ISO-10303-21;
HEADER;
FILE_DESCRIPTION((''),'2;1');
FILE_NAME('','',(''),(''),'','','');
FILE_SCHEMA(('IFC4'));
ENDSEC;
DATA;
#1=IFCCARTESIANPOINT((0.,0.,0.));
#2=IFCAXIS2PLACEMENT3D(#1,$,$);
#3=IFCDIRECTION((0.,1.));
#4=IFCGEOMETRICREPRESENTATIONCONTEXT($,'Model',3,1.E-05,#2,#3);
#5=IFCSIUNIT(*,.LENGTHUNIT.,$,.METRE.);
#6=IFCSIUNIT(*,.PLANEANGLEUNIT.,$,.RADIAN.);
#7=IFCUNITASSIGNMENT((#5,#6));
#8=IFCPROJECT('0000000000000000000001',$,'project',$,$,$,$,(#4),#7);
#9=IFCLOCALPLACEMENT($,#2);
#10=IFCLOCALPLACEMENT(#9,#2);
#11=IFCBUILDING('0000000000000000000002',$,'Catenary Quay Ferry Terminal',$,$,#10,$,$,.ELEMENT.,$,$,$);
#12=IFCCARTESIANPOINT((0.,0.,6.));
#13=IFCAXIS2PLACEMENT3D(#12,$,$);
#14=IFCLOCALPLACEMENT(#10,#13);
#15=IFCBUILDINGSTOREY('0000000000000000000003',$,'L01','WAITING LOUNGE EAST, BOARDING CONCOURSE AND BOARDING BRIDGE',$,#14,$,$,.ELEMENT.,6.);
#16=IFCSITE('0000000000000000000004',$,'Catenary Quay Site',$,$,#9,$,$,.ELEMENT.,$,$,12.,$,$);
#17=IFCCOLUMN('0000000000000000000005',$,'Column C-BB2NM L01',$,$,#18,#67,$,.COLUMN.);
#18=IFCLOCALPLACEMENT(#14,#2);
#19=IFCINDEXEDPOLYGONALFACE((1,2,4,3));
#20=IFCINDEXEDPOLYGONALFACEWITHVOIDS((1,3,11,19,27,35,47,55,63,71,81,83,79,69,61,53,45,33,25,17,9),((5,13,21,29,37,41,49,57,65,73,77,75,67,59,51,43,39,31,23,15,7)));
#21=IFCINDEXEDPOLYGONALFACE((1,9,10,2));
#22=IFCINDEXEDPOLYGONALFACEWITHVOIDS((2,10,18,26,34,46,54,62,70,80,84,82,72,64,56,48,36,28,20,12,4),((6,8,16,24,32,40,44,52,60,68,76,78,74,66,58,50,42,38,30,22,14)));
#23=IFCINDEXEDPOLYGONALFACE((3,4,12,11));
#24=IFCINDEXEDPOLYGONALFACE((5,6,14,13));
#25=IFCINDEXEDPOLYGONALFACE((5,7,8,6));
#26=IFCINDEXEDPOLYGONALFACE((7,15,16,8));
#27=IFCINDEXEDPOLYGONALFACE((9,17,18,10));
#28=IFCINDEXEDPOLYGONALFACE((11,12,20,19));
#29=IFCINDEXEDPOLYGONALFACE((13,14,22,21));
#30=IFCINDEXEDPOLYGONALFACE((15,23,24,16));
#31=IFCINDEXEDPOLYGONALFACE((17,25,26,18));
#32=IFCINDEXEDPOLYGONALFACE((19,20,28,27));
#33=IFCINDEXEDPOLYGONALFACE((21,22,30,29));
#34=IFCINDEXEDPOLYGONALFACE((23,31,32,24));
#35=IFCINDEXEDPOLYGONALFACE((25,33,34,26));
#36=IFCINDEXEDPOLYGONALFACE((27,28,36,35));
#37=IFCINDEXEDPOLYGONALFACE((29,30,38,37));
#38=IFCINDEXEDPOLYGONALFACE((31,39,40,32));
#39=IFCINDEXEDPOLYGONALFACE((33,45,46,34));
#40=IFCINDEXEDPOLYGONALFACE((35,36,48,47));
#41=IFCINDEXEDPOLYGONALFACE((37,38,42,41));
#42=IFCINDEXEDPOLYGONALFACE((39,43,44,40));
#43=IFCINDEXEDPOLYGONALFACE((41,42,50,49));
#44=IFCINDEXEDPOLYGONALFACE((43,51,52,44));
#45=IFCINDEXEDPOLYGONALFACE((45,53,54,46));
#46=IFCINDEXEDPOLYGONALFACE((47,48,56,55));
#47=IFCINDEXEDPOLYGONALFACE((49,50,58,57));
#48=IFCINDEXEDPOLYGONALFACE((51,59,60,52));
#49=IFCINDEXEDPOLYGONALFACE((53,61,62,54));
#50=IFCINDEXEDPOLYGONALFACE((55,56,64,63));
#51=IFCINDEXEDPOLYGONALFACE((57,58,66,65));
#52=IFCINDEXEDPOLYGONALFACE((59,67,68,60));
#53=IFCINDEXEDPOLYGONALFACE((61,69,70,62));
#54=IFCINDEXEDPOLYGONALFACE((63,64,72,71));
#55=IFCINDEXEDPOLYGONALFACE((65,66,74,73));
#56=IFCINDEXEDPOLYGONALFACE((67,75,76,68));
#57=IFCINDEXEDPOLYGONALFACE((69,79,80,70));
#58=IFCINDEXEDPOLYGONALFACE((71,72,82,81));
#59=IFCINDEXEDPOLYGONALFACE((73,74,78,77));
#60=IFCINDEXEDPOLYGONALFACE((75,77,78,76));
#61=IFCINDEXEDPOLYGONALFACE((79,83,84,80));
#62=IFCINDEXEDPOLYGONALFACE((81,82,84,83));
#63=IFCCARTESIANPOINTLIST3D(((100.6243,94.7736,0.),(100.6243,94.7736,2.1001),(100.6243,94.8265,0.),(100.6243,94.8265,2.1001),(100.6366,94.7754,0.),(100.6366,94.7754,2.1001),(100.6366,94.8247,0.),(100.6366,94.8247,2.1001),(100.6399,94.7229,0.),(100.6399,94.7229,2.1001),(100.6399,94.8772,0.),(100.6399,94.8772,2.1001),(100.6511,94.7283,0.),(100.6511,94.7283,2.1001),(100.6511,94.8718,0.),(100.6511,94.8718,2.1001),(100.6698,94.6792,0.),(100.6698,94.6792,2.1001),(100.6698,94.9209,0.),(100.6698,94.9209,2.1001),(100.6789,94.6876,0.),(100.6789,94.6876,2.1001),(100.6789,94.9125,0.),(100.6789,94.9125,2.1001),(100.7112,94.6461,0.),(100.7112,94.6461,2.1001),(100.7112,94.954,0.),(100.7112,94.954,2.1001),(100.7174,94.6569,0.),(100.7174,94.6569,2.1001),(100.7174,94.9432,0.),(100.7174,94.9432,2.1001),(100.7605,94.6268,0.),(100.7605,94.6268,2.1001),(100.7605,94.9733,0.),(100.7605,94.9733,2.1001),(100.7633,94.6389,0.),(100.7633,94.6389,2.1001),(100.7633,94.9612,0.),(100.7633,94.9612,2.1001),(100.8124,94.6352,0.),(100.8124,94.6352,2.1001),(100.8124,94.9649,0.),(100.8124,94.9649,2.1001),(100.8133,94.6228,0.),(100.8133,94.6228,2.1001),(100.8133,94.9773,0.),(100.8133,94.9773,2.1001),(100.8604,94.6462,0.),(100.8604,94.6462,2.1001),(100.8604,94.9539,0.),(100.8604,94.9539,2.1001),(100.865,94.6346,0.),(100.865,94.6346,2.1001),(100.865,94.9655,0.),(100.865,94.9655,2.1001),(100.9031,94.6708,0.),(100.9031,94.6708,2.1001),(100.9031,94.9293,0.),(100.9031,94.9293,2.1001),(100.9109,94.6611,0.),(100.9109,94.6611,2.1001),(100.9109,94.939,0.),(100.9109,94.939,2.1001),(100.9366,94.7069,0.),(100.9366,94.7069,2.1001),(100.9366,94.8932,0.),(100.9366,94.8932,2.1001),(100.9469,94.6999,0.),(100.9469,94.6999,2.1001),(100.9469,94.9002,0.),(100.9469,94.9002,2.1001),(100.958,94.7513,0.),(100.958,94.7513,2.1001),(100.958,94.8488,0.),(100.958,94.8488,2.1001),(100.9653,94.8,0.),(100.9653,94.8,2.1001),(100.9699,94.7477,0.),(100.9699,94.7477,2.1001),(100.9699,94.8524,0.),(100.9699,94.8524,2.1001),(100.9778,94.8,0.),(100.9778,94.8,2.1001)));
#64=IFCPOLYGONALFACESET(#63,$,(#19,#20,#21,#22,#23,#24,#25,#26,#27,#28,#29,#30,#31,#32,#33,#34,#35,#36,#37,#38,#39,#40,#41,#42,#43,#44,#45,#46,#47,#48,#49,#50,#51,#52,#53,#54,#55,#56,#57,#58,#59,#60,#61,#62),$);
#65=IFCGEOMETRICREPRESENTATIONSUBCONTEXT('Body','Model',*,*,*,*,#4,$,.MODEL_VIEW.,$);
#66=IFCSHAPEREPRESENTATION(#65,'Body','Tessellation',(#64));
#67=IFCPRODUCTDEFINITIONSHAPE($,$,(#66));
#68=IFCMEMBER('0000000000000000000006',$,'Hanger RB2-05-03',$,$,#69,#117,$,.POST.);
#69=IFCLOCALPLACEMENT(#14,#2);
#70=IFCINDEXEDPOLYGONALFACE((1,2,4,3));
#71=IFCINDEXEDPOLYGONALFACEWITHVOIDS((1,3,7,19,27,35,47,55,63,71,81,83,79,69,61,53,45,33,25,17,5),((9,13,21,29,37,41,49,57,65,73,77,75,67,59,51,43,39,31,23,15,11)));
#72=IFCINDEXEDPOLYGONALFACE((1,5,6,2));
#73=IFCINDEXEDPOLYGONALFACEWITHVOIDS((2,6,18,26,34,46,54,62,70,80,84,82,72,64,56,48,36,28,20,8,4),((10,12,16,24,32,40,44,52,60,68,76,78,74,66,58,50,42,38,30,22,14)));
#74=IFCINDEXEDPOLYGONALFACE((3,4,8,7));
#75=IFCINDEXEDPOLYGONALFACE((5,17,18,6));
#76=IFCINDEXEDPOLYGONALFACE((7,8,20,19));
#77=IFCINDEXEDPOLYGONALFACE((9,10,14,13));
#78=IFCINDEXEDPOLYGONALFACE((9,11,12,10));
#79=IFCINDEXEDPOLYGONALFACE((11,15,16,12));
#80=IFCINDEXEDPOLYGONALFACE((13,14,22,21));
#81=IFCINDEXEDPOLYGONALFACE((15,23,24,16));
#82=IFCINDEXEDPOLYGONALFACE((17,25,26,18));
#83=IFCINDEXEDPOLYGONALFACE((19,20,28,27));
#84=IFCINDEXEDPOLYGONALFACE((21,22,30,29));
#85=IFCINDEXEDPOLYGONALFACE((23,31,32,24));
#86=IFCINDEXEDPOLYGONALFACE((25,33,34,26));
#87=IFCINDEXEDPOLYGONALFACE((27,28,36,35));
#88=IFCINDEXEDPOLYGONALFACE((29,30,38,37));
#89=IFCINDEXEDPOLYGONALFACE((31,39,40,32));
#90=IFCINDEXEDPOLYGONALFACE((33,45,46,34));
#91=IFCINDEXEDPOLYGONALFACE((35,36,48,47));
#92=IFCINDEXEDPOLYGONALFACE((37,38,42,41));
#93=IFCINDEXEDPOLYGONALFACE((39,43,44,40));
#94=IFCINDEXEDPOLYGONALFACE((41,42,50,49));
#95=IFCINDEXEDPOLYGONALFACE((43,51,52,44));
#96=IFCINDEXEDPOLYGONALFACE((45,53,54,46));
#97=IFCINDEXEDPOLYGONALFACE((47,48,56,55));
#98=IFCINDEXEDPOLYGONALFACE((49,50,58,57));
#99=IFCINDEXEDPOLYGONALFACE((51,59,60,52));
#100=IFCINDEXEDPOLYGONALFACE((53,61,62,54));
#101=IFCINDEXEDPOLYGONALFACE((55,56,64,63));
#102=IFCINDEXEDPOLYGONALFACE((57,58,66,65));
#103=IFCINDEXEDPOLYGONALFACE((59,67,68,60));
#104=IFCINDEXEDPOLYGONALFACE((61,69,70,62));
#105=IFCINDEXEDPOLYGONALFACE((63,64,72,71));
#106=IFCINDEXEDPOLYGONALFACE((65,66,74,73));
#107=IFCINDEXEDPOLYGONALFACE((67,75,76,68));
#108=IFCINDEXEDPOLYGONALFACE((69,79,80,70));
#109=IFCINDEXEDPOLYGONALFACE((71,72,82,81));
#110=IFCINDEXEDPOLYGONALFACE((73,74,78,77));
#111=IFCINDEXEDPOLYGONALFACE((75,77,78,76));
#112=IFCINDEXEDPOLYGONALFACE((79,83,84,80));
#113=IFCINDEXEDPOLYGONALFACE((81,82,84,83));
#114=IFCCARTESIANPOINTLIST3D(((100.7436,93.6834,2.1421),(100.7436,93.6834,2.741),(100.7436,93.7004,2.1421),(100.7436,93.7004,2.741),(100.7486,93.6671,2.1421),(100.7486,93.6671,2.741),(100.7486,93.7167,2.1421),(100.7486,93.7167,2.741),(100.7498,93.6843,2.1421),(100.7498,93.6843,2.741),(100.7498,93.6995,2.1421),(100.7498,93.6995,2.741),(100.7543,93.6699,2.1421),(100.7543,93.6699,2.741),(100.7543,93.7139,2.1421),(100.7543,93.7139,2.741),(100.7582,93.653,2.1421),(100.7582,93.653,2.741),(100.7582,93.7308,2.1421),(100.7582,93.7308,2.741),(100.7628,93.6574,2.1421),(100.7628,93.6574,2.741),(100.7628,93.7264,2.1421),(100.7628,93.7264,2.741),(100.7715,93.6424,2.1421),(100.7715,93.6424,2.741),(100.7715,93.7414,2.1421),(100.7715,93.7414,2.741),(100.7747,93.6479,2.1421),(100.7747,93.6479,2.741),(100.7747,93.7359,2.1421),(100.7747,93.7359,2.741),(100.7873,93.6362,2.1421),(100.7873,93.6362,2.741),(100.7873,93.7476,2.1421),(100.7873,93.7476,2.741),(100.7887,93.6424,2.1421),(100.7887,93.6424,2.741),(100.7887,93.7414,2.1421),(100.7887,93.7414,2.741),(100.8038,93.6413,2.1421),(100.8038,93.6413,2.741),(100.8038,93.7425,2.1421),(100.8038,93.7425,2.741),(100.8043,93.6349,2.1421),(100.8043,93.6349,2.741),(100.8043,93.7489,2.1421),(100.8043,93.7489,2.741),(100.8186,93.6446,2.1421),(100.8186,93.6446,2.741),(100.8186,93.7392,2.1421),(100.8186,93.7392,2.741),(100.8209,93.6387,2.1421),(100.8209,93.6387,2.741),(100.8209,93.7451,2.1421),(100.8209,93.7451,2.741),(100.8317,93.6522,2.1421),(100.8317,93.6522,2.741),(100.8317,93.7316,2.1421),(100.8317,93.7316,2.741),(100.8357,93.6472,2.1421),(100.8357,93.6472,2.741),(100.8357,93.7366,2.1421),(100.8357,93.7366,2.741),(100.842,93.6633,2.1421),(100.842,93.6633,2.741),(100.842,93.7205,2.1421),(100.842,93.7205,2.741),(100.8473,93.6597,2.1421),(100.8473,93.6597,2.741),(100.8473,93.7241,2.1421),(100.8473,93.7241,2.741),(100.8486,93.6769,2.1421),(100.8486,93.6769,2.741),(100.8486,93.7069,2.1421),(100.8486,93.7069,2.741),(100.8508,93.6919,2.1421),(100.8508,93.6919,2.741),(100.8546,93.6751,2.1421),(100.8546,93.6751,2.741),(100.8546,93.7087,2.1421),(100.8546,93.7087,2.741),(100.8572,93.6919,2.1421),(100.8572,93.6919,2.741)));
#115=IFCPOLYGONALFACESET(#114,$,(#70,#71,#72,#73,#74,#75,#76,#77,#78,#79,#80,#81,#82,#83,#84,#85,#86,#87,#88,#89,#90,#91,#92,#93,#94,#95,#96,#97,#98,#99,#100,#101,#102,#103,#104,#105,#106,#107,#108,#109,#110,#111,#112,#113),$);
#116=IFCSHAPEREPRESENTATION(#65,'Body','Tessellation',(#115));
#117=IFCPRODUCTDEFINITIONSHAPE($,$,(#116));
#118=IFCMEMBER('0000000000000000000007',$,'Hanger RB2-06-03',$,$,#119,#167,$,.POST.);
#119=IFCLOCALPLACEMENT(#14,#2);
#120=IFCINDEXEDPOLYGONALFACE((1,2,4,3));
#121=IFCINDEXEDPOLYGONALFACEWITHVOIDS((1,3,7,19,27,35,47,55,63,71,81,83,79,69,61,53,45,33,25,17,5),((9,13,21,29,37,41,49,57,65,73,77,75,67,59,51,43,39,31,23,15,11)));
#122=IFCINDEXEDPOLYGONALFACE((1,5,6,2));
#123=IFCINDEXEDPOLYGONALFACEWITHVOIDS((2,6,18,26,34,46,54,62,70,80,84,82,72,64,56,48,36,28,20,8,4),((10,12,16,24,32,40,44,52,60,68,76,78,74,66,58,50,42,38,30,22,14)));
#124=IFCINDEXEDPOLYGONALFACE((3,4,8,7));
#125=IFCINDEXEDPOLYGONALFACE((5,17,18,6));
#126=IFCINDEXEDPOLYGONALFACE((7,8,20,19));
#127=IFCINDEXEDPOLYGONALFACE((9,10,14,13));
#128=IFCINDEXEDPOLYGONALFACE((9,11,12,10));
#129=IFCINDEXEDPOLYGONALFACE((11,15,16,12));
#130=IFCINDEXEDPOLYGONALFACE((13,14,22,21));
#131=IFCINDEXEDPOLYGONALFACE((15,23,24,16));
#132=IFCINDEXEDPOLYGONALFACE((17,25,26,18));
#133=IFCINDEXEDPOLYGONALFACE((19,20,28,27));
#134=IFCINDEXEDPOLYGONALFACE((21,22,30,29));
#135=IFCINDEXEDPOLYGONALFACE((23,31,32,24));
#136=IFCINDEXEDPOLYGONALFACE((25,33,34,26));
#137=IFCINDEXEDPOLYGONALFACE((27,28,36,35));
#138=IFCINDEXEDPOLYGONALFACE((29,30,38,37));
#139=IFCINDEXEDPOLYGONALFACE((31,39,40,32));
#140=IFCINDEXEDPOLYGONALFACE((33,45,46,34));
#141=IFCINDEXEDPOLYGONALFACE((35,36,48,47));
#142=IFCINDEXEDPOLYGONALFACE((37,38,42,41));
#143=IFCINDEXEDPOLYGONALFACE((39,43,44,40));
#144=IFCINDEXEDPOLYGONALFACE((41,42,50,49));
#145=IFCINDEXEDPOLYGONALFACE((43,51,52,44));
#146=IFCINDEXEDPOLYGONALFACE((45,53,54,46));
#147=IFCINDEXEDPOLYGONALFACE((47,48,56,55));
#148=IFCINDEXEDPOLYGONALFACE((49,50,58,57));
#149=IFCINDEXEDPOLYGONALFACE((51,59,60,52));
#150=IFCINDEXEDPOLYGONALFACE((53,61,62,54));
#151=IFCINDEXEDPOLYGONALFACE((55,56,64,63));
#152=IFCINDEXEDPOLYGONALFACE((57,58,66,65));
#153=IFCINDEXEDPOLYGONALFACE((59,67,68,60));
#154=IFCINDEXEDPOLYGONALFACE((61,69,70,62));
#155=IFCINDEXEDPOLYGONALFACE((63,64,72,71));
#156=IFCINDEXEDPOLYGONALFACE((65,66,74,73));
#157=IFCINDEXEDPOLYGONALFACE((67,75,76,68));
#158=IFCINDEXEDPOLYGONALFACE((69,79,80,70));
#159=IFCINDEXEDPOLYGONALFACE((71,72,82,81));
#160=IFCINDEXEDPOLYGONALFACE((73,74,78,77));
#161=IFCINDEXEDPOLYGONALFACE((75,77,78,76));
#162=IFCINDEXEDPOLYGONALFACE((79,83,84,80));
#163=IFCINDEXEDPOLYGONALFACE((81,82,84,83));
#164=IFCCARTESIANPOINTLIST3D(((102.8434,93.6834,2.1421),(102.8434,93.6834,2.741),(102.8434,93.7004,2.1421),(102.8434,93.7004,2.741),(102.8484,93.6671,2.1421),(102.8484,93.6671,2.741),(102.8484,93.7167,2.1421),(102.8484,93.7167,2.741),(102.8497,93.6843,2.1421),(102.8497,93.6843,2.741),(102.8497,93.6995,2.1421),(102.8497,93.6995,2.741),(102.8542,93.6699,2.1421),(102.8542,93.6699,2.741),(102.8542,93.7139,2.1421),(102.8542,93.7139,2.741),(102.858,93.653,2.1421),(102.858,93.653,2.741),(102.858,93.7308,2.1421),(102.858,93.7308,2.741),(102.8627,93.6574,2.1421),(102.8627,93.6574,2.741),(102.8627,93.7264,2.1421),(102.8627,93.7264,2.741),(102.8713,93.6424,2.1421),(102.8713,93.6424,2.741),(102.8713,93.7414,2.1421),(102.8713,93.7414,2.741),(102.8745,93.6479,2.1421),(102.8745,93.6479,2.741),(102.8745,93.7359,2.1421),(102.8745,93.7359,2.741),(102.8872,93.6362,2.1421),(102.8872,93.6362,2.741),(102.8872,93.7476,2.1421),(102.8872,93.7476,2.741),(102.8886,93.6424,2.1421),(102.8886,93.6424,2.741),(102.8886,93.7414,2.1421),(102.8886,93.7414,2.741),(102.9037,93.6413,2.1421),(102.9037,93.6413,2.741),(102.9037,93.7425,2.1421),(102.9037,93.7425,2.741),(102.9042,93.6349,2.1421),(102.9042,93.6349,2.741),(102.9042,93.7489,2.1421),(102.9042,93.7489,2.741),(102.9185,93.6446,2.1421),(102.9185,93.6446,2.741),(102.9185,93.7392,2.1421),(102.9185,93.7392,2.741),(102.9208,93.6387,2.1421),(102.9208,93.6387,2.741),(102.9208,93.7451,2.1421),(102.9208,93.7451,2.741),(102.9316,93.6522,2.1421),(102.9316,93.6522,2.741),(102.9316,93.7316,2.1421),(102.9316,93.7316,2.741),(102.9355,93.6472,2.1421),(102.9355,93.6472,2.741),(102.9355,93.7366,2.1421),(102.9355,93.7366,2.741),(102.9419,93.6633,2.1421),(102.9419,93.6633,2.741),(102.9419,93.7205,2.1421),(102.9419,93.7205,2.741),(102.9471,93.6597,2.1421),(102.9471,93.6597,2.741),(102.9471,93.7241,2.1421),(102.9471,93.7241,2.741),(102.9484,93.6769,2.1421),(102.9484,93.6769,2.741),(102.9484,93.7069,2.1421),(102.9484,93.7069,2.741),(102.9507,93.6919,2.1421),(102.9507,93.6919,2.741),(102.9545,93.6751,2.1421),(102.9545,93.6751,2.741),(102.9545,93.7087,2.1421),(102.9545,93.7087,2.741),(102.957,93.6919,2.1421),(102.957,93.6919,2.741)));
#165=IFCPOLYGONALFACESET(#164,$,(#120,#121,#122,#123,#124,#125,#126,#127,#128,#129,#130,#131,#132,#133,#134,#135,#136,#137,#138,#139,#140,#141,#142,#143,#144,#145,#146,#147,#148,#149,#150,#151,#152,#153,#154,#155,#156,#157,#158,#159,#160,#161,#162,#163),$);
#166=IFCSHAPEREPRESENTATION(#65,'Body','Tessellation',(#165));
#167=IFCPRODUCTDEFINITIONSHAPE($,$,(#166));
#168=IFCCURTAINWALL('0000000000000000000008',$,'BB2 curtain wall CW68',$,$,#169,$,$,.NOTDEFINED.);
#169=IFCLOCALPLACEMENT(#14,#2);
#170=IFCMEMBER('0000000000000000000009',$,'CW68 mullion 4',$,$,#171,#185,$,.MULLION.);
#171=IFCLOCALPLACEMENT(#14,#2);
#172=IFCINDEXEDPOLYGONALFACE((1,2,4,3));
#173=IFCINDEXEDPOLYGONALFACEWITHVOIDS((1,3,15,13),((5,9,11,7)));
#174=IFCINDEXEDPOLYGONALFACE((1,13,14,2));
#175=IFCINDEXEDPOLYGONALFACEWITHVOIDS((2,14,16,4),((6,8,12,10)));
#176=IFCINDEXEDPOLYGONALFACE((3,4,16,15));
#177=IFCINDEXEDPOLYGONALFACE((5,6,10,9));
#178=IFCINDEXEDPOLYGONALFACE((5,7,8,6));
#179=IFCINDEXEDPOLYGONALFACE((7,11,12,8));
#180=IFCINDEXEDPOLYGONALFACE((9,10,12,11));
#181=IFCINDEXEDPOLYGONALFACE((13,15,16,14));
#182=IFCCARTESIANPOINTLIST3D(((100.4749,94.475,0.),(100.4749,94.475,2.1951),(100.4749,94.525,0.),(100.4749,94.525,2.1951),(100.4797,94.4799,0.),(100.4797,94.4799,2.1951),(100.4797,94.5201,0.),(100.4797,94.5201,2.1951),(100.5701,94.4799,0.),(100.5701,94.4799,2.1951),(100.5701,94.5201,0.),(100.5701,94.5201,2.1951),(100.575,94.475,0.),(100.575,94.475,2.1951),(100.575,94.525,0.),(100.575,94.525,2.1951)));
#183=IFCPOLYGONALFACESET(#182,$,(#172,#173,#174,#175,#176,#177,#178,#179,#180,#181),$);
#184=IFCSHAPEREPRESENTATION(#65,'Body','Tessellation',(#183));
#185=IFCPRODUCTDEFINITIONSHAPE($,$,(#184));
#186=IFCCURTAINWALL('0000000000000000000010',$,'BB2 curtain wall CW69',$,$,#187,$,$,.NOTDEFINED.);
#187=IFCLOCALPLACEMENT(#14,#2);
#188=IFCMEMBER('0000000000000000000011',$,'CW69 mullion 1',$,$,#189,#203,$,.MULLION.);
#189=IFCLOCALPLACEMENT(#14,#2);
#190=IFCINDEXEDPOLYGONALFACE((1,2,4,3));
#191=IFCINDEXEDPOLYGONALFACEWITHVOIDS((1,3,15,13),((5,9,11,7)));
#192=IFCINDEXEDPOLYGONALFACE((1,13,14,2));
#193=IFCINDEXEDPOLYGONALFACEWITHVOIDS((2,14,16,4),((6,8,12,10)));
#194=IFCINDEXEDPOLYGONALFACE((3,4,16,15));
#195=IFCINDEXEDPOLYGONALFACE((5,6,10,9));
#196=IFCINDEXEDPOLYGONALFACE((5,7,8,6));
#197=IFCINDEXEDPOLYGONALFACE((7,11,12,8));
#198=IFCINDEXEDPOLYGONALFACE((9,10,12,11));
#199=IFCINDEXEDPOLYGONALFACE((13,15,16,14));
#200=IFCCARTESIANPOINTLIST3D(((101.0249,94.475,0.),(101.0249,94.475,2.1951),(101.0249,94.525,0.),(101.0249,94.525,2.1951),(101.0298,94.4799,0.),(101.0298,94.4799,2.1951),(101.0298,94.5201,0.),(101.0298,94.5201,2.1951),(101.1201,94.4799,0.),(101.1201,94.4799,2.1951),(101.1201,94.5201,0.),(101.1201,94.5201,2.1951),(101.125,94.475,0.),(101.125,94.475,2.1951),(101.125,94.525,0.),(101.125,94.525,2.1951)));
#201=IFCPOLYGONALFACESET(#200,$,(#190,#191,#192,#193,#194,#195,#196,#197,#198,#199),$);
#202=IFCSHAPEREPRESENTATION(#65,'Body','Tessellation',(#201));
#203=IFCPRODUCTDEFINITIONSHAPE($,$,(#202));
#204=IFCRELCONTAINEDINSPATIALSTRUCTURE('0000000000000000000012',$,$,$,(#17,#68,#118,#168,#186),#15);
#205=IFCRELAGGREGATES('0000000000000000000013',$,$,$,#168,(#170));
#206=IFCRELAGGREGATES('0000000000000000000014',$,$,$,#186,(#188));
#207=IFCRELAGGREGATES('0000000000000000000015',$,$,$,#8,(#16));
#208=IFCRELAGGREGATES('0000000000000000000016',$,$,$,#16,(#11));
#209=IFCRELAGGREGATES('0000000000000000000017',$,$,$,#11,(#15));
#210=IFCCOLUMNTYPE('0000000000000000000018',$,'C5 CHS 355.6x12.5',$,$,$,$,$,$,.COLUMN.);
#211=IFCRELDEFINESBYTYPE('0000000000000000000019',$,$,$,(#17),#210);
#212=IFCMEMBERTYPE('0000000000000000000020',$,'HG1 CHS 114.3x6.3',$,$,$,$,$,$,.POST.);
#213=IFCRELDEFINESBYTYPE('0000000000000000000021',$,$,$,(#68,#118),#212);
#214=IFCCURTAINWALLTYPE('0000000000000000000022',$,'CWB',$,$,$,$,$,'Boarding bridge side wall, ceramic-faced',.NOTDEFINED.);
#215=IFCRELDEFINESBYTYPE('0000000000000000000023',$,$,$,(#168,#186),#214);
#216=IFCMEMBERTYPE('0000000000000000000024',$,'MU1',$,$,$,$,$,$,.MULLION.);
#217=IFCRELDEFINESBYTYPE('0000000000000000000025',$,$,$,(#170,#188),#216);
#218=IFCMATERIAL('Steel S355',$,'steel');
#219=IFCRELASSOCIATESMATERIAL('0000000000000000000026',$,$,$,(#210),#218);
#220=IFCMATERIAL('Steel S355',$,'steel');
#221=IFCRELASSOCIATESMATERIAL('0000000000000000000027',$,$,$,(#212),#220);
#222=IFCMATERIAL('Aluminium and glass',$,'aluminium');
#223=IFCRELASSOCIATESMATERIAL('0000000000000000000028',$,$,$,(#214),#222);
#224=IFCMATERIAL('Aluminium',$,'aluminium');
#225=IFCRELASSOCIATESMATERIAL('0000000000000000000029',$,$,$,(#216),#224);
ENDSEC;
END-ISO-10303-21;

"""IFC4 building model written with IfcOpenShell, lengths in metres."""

from ifc_helpers import new_model, si_unit, direction, frame, origin, origin_2d, place, context, subcontext, project, spatial, hollow_rectangle, hollow_circle, extrude, material, material_profile, profile_set, type_object, element, aggregate, save


model = new_model("IFC4")

# Units and contexts
model_context = context("Model", 3, precision=1e-05, world=origin(), true_north=direction((0.0, 1.0)))
body_context = subcontext(model_context, "Body", "Model", "MODEL_VIEW")
ifc_project = project(units=[si_unit("LENGTHUNIT", "METRE"), si_unit("PLANEANGLEUNIT", "RADIAN")], contexts=[model_context])

# Site, building, storey
site_placement = place(None, origin())
site = spatial("IfcSite", under=ifc_project, at=site_placement, Name="Catenary Quay Site", CompositionType="ELEMENT", RefElevation=12.0)
building_placement = place(site_placement, origin())
building = spatial("IfcBuilding", under=site, at=building_placement, Name="Catenary Quay Ferry Terminal", CompositionType="ELEMENT")
storey_placement = place(building_placement, frame((0.0, 0.0, 6.0)))
storey = spatial("IfcBuildingStorey", under=building, at=storey_placement, Name="L01", Description="WAITING LOUNGE EAST, BOARDING CONCOURSE AND BOARDING BRIDGE", CompositionType="ELEMENT", Elevation=6.0)

# Column
ifc_material_1 = material(Name="Steel S355", Category="steel")
ifc_material_profile_1 = material_profile(ifc_material_1, hollow_circle(Radius=0.1777, WallThickness=0.0125, at=origin_2d()), Name="CHS 355.6x12.5")
ifc_profile_set_1 = profile_set([ifc_material_profile_1], Name="Steel S355")
column_type = type_object("IfcColumnType", Name="C5 CHS 355.6x12.5", PredefinedType="COLUMN", material=ifc_profile_set_1)
column_placement = place(storey_placement, frame((100.8, 94.8, 0.0), z_axis=(0.0, 0.0, 1.0), x_axis=(1.0, 0.0, 0.0)))
element("IfcColumn", 1, at=column_placement, inside=storey, type_object=column_type, Name="Column C-BB2NM L01", PredefinedType="COLUMN", context=body_context, shape_type="SweptSolid", body=[
    extrude(hollow_circle(Radius=0.1777, WallThickness=0.0125, at=origin_2d()), origin(), (0.0, 0.0, 1.0), 2.1001),
])

# Members
ifc_material_2 = material(Name="Steel S355", Category="steel")
ifc_material_profile_2 = material_profile(ifc_material_2, hollow_circle(Radius=0.0571, WallThickness=0.0063, at=origin_2d()), Name="CHS 114.3x6.3")
ifc_profile_set_2 = profile_set([ifc_material_profile_2], Name="Steel S355")
member_type_1 = type_object("IfcMemberType", Name="HG1 CHS 114.3x6.3", PredefinedType="POST", material=ifc_profile_set_2)
for number, where, z_axis, x_axis, name in (
    (2, (100.8, 93.6919, 2.1421), (0.0, 0.0, 1.0), (1.0, 0.0, 0.0), "Hanger RB2-05-03"),
    (3, (102.8999, 93.6919, 2.1421), (0.0, 0.0, 1.0), (1.0, 0.0, 0.0), "Hanger RB2-06-03"),
):
    element("IfcMember", number, at=place(storey_placement, frame(where, z_axis=z_axis, x_axis=x_axis)), inside=storey, type_object=member_type_1, Name=name, PredefinedType="POST", context=body_context, shape_type="SweptSolid", body=[
        extrude(hollow_circle(Radius=0.0571, WallThickness=0.0063, at=origin_2d()), origin(), (0.0, 0.0, 1.0), 0.5989),
    ])

# Curtain wall, member
ifc_material_3 = material(Name="Aluminium and glass", Category="aluminium")
curtain_wall_type = type_object("IfcCurtainWallType", Name="CWB", ElementType="Boarding bridge side wall, ceramic-faced", PredefinedType="NOTDEFINED", material=ifc_material_3)
curtain_wall_1_placement = place(storey_placement, origin())
curtain_wall_1 = element("IfcCurtainWall", 4, at=curtain_wall_1_placement, inside=storey, type_object=curtain_wall_type, Name="BB2 curtain wall CW68", PredefinedType="NOTDEFINED")
ifc_material_4 = material(Name="Aluminium", Category="aluminium")
ifc_material_profile_3 = material_profile(ifc_material_4, hollow_rectangle(XDim=0.05, YDim=0.1001, WallThickness=0.0049, at=origin_2d()), Name="MU1")
ifc_profile_set_3 = profile_set([ifc_material_profile_3], Name="Aluminium")
member_type_2 = type_object("IfcMemberType", Name="MU1", PredefinedType="MULLION", material=ifc_profile_set_3)
member_1_placement = place(storey_placement, frame((100.5249, 94.5, 0.0), z_axis=(0.0, 0.0, 1.0), x_axis=(0.0, 1.0, 0.0)))
member_1 = element("IfcMember", 5, at=member_1_placement, type_object=member_type_2, Name="CW68 mullion 4", PredefinedType="MULLION", context=body_context, shape_type="SweptSolid", body=[
    extrude(hollow_rectangle(XDim=0.05, YDim=0.1001, WallThickness=0.0049, at=origin_2d()), origin(), (0.0, 0.0, 1.0), 2.1951),
])

# Curtain wall, member
curtain_wall_2_placement = place(storey_placement, origin())
curtain_wall_2 = element("IfcCurtainWall", 6, at=curtain_wall_2_placement, inside=storey, type_object=curtain_wall_type, Name="BB2 curtain wall CW69", PredefinedType="NOTDEFINED")
member_2_placement = place(storey_placement, frame((101.075, 94.5, 0.0), z_axis=(0.0, 0.0, 1.0), x_axis=(0.0, 1.0, 0.0)))
member_2 = element("IfcMember", 7, at=member_2_placement, type_object=member_type_2, Name="CW69 mullion 1", PredefinedType="MULLION", context=body_context, shape_type="SweptSolid", body=[
    extrude(hollow_rectangle(XDim=0.05, YDim=0.1001, WallThickness=0.0049, at=origin_2d()), origin(), (0.0, 0.0, 1.0), 2.1951),
])

aggregate(curtain_wall_1, [member_1])
aggregate(curtain_wall_2, [member_2])

save(model, "model.ifc")
